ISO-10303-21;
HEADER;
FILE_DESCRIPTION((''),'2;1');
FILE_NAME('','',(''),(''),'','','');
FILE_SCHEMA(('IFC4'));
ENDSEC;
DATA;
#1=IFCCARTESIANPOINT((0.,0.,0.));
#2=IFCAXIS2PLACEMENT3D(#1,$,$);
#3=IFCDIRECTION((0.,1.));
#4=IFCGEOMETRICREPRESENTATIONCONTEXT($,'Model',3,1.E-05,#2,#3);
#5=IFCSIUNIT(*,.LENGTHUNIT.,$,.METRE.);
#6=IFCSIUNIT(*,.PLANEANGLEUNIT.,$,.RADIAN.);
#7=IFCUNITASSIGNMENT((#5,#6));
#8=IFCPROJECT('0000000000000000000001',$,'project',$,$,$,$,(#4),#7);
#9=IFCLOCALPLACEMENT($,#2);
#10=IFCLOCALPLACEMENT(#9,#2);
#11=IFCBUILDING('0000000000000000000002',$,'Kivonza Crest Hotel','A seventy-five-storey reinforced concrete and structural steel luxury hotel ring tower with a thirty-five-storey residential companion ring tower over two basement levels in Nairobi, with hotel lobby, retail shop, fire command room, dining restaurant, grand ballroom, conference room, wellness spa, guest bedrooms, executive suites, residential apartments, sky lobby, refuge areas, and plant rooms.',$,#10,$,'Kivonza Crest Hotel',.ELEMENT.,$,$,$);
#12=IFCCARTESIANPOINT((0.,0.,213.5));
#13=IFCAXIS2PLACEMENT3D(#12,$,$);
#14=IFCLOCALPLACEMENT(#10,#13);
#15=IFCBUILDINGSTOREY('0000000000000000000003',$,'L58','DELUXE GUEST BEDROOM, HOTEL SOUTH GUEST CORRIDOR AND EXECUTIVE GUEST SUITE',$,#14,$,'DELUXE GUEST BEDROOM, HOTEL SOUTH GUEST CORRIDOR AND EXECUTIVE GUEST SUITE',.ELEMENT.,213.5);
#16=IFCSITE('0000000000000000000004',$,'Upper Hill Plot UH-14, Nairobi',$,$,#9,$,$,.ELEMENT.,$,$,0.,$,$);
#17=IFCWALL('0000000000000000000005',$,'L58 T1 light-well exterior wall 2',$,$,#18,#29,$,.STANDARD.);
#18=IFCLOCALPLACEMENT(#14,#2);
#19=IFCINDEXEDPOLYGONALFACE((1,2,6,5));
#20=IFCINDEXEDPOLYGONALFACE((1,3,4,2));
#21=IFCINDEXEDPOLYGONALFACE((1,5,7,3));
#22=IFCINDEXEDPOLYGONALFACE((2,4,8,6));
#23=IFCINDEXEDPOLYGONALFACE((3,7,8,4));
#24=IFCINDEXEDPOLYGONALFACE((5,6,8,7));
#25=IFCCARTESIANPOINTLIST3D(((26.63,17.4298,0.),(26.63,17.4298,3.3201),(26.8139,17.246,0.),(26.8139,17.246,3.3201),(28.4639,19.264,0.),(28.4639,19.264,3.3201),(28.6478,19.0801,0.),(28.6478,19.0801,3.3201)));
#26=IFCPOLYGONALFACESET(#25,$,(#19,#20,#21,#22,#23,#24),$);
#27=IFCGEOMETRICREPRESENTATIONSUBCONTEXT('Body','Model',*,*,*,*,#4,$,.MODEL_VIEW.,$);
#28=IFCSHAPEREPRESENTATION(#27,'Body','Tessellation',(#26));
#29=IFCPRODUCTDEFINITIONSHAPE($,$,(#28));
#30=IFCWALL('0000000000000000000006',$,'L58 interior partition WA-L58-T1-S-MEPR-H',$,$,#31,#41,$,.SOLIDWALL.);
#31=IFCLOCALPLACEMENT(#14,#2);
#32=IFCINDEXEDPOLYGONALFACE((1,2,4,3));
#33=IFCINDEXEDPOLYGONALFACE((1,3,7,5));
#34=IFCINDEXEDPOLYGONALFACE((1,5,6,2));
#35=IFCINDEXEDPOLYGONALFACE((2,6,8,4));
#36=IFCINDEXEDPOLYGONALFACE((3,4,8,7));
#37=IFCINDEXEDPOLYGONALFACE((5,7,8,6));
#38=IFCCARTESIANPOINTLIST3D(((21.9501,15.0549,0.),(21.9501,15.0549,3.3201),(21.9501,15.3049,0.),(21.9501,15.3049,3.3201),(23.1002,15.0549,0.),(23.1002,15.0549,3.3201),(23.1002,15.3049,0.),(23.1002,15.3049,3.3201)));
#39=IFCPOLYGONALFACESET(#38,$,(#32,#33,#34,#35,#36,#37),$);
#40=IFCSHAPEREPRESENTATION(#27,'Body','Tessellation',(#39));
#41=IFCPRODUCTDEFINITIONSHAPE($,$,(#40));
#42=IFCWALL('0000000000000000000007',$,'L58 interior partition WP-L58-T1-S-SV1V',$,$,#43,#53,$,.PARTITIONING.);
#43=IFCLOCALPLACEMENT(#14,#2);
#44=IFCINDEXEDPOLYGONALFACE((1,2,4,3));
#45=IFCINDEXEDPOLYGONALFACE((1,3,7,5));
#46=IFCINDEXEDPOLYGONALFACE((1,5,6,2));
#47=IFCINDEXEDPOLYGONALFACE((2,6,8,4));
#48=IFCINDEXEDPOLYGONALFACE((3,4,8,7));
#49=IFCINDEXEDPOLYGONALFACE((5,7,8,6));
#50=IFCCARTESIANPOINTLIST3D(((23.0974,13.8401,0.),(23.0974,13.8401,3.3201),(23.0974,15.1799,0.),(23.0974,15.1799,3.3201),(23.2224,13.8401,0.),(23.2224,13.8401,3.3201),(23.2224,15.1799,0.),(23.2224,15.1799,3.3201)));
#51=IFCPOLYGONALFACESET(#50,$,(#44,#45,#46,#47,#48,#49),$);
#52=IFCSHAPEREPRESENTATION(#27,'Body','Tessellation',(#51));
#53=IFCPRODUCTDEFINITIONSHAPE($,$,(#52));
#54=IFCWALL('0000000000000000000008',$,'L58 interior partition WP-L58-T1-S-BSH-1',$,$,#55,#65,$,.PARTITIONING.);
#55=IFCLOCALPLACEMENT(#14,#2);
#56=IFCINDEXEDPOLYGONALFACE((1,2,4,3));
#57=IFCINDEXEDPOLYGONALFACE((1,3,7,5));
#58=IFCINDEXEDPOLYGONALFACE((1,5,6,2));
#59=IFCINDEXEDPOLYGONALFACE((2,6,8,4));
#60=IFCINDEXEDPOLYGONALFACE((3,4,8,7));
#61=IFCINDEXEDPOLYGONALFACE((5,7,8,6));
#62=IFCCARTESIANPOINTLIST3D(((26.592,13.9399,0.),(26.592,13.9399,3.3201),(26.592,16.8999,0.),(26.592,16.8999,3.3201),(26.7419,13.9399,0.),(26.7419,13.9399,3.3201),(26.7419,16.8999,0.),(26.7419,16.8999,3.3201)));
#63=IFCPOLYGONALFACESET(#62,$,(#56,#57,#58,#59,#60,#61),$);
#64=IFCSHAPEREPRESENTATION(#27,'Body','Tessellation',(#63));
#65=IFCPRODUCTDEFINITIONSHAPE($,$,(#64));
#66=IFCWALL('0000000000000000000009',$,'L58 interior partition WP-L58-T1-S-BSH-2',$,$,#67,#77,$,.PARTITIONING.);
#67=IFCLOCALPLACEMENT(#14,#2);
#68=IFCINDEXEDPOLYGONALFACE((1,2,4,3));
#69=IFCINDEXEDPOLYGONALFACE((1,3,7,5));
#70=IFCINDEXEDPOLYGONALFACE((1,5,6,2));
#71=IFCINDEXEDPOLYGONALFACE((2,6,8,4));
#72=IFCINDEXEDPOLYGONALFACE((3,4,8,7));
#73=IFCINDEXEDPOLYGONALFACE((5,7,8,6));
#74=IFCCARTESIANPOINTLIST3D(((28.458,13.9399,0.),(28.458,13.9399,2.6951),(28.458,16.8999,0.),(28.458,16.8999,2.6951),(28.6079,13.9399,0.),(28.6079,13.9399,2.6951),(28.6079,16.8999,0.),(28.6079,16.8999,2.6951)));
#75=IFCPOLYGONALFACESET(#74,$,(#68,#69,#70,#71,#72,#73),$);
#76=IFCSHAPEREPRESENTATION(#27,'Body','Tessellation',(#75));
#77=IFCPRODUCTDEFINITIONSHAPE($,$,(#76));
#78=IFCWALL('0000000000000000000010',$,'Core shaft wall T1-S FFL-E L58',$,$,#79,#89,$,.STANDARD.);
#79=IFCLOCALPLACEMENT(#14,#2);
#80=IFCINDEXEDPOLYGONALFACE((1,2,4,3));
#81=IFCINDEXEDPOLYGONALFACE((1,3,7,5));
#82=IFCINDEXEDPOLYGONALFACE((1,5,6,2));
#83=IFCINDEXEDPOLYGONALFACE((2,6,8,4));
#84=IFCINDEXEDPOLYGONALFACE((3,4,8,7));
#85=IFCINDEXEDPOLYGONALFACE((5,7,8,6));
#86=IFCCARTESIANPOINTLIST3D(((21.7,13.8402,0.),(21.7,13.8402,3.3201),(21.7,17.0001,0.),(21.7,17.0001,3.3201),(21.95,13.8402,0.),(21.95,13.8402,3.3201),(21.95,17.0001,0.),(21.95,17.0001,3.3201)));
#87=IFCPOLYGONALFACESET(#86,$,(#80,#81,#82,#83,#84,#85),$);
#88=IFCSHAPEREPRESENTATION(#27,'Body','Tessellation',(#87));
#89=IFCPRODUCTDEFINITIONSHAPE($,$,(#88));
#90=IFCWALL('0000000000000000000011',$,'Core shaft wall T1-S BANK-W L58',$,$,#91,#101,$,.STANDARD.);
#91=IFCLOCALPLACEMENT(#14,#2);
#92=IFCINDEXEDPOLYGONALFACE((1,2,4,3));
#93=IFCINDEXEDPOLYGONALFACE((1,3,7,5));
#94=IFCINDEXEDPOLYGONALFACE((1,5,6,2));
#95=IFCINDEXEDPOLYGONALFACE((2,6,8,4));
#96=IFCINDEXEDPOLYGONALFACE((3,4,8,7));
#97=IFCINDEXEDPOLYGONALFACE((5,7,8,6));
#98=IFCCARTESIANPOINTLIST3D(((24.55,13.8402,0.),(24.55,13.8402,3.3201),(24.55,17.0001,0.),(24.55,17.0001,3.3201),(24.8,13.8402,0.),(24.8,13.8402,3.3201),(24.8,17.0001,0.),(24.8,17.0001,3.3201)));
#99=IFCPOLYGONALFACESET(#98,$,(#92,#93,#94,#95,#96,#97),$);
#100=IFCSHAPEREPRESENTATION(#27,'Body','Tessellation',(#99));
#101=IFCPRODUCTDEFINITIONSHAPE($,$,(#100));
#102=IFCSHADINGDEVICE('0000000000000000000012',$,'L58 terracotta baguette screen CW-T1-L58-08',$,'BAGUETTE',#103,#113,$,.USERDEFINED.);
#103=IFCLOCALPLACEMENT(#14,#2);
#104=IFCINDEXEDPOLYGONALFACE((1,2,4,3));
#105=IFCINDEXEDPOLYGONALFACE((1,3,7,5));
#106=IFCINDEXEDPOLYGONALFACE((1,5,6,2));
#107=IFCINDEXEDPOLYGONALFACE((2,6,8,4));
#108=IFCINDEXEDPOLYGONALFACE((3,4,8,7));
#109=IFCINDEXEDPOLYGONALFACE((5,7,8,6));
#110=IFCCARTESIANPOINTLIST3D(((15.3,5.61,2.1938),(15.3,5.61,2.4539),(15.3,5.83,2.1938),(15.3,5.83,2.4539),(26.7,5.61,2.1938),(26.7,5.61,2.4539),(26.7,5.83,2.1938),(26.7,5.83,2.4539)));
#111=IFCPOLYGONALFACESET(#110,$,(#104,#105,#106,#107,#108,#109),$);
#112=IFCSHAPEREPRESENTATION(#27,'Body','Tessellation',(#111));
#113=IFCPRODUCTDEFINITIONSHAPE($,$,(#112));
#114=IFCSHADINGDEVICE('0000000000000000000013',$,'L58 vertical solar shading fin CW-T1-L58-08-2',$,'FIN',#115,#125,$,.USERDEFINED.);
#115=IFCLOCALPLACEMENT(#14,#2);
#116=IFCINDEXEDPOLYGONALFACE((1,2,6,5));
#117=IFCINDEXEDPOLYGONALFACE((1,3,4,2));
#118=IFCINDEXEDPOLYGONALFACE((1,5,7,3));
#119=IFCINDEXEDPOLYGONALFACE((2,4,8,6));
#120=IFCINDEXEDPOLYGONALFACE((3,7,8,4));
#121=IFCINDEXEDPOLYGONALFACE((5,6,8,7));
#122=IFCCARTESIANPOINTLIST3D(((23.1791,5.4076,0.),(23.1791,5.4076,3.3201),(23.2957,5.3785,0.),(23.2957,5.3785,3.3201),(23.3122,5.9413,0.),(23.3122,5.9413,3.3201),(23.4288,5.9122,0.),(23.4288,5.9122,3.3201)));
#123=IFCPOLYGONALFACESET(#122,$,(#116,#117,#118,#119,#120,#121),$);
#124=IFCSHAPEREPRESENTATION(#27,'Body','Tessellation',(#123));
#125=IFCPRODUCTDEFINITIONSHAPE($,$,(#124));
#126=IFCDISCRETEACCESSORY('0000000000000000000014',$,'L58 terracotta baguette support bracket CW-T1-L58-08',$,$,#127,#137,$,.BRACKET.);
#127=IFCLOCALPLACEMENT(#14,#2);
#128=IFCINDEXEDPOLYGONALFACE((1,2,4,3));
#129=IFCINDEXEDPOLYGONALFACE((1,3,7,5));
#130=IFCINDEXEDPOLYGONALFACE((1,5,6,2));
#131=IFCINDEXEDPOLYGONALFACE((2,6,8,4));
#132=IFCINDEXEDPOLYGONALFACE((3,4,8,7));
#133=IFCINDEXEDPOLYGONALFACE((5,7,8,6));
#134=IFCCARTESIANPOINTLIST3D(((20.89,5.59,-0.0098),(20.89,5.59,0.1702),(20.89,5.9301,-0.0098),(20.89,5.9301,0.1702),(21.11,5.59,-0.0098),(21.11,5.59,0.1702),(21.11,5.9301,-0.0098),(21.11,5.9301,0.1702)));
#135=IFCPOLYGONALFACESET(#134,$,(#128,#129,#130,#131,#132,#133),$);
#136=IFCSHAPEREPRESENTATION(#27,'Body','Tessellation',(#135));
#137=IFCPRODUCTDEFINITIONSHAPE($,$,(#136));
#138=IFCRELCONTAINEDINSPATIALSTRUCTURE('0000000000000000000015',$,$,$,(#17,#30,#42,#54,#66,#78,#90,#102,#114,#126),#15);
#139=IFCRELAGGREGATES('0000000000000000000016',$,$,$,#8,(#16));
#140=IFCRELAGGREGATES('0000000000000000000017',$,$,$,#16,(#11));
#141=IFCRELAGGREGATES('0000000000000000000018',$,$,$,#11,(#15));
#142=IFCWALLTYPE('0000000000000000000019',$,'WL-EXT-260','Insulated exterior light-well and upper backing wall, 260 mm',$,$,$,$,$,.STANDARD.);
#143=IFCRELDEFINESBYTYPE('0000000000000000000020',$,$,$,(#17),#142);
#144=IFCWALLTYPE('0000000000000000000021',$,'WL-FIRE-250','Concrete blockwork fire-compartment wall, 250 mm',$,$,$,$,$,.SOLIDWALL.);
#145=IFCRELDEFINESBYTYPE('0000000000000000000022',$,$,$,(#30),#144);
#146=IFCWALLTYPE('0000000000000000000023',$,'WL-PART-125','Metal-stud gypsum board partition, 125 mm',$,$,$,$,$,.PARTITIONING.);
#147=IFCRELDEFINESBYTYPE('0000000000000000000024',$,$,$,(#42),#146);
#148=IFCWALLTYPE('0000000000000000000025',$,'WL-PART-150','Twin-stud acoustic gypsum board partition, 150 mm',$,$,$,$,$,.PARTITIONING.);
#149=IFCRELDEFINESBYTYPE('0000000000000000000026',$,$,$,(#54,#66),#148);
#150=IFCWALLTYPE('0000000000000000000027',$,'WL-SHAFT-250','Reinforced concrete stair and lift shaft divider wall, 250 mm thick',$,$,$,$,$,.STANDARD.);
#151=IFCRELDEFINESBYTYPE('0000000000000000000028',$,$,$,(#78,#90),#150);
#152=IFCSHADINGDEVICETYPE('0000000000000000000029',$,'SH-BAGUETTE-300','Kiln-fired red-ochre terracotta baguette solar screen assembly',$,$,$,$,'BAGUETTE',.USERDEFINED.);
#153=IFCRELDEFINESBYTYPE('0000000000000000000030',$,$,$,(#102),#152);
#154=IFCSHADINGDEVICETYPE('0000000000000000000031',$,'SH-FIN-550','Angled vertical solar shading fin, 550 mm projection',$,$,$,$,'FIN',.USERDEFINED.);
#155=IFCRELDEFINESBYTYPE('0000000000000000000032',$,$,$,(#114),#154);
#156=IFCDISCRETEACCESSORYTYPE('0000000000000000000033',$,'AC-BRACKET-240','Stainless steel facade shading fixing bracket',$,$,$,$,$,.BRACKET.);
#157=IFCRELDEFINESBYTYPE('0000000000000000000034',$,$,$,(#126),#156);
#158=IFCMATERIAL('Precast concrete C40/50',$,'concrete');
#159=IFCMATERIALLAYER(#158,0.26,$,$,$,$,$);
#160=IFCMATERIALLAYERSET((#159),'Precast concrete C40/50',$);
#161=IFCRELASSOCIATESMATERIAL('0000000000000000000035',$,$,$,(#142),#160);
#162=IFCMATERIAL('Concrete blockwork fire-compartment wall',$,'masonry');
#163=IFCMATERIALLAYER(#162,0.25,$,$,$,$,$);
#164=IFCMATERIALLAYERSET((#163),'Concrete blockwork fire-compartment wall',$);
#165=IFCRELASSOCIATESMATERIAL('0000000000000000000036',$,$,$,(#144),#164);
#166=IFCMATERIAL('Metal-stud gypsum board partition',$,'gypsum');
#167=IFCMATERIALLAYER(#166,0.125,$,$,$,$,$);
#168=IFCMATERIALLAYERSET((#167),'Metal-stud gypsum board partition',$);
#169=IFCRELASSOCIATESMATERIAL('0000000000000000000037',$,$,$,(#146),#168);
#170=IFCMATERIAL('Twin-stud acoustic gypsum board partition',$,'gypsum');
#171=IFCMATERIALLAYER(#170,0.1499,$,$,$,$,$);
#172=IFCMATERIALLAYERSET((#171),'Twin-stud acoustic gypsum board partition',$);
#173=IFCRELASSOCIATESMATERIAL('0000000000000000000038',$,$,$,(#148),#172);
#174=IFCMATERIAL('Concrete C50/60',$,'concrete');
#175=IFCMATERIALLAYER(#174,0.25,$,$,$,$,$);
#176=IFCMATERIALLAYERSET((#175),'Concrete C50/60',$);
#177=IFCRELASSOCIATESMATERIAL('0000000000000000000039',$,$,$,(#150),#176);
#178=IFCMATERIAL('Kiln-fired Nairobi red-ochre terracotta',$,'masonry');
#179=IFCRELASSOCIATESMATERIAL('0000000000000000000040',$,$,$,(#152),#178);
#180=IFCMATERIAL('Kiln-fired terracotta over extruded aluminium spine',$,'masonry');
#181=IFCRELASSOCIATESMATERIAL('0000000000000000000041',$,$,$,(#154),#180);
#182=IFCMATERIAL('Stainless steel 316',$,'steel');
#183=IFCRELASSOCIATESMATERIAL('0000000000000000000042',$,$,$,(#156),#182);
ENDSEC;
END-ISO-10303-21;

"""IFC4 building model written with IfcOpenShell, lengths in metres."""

from ifc_helpers import new_model, si_unit, direction, frame, frame_2d, origin, origin_2d, place, context, subcontext, project, spatial, rectangle, extrude, material, layer, layer_set, type_object, element, save


model = new_model("IFC4")

# Units and contexts
model_context = context("Model", 3, precision=1e-05, world=origin(), true_north=direction((0.0, 1.0)))
body_context = subcontext(model_context, "Body", "Model", "MODEL_VIEW")
ifc_project = project(units=[si_unit("LENGTHUNIT", "METRE"), si_unit("PLANEANGLEUNIT", "RADIAN")], contexts=[model_context])

# Site, building, storey
site_placement = place(None, origin())
site = spatial("IfcSite", under=ifc_project, at=site_placement, Name="Upper Hill Plot UH-14, Nairobi", CompositionType="ELEMENT", RefElevation=0.0)
building_placement = place(site_placement, origin())
building = spatial("IfcBuilding", under=site, at=building_placement, Name="Kivonza Crest Hotel", Description="A seventy-five-storey reinforced concrete and structural steel luxury hotel ring tower with a thirty-five-storey residential companion ring tower over two basement levels in Nairobi, with hotel lobby, retail shop, fire command room, dining restaurant, grand ballroom, conference room, wellness spa, guest bedrooms, executive suites, residential apartments, sky lobby, refuge areas, and plant rooms.", LongName="Kivonza Crest Hotel", CompositionType="ELEMENT")
storey_placement = place(building_placement, frame((0.0, 0.0, 213.5)))
storey = spatial("IfcBuildingStorey", under=building, at=storey_placement, Name="L58", Description="DELUXE GUEST BEDROOM, HOTEL SOUTH GUEST CORRIDOR AND EXECUTIVE GUEST SUITE", LongName="DELUXE GUEST BEDROOM, HOTEL SOUTH GUEST CORRIDOR AND EXECUTIVE GUEST SUITE", CompositionType="ELEMENT", Elevation=213.5)

# Shared definitions
ifc_material_1 = material(Name="Concrete C50/60", Category="concrete")

# Shared definitions
ifc_material_2 = material(Name="Precast concrete C40/50", Category="concrete")
ifc_layer_1 = layer(ifc_material_2, 0.26)
ifc_layer_set_1 = layer_set([ifc_layer_1], Name="Precast concrete C40/50")
wall_type_1 = type_object("IfcWallType", Name="WL-EXT-260", Description="Insulated exterior light-well and upper backing wall, 260 mm", PredefinedType="STANDARD", material=ifc_layer_set_1)

# Walls
wall_1_placement = place(storey_placement, frame((26.7219, 17.3379, 0.0), z_axis=(0.0, 0.0, 1.0), x_axis=(0.70706, 0.707154, 0.0)))
element("IfcWall", 1, at=wall_1_placement, inside=storey, type_object=wall_type_1, Name="L58 T1 light-well exterior wall 2", PredefinedType="STANDARD", context=body_context, shape_type="SweptSolid", body=[
    extrude(rectangle(XDim=2.5938, YDim=0.26, at=frame_2d((1.2969, 0.0))), origin(), (0.0, 0.0, 1.0), 3.3201),
])
ifc_material_3 = material(Name="Concrete blockwork fire-compartment wall", Category="masonry")
ifc_layer_2 = layer(ifc_material_3, 0.25)
ifc_layer_set_2 = layer_set([ifc_layer_2], Name="Concrete blockwork fire-compartment wall")
wall_type_2 = type_object("IfcWallType", Name="WL-FIRE-250", Description="Concrete blockwork fire-compartment wall, 250 mm", PredefinedType="SOLIDWALL", material=ifc_layer_set_2)
wall_2_placement = place(storey_placement, frame((21.95, 15.1799, 0.0), z_axis=(0.0, 0.0, 1.0), x_axis=(1.0, 0.0, 0.0)))
element("IfcWall", 2, at=wall_2_placement, inside=storey, type_object=wall_type_2, Name="L58 interior partition WA-L58-T1-S-MEPR-H", PredefinedType="SOLIDWALL", context=body_context, shape_type="SweptSolid", body=[
    extrude(rectangle(XDim=1.1501, YDim=0.25, at=frame_2d((0.5752, 0.0))), origin(), (0.0, 0.0, 1.0), 3.3201),
])
ifc_material_4 = material(Name="Metal-stud gypsum board partition", Category="gypsum")
ifc_layer_3 = layer(ifc_material_4, 0.125)
ifc_layer_set_3 = layer_set([ifc_layer_3], Name="Metal-stud gypsum board partition")
wall_type_3 = type_object("IfcWallType", Name="WL-PART-125", Description="Metal-stud gypsum board partition, 125 mm", PredefinedType="PARTITIONING", material=ifc_layer_set_3)
wall_3_placement = place(storey_placement, frame((23.1599, 13.8401, 0.0), z_axis=(0.0, 0.0, 1.0), x_axis=(0.0, 1.0, 0.0)))
element("IfcWall", 3, at=wall_3_placement, inside=storey, type_object=wall_type_3, Name="L58 interior partition WP-L58-T1-S-SV1V", PredefinedType="PARTITIONING", context=body_context, shape_type="SweptSolid", body=[
    extrude(rectangle(XDim=1.3398, YDim=0.125, at=frame_2d((0.6699, 0.0))), origin(), (0.0, 0.0, 1.0), 3.3201),
])
ifc_material_5 = material(Name="Twin-stud acoustic gypsum board partition", Category="gypsum")
ifc_layer_4 = layer(ifc_material_5, 0.1499)
ifc_layer_set_4 = layer_set([ifc_layer_4], Name="Twin-stud acoustic gypsum board partition")
wall_type_4 = type_object("IfcWallType", Name="WL-PART-150", Description="Twin-stud acoustic gypsum board partition, 150 mm", PredefinedType="PARTITIONING", material=ifc_layer_set_4)
wall_4_placement = place(storey_placement, frame((26.667, 13.9399, 0.0), z_axis=(0.0, 0.0, 1.0), x_axis=(0.0, 1.0, 0.0)))
element("IfcWall", 4, at=wall_4_placement, inside=storey, type_object=wall_type_4, Name="L58 interior partition WP-L58-T1-S-BSH-1", PredefinedType="PARTITIONING", context=body_context, shape_type="SweptSolid", body=[
    extrude(rectangle(XDim=2.96, YDim=0.1499, at=frame_2d((1.48, 0.0))), origin(), (0.0, 0.0, 1.0), 3.3201),
])
wall_5_placement = place(storey_placement, frame((28.533, 13.9399, 0.0), z_axis=(0.0, 0.0, 1.0), x_axis=(0.0, 1.0, 0.0)))
element("IfcWall", 5, at=wall_5_placement, inside=storey, type_object=wall_type_4, Name="L58 interior partition WP-L58-T1-S-BSH-2", PredefinedType="PARTITIONING", context=body_context, shape_type="SweptSolid", body=[
    extrude(rectangle(XDim=2.96, YDim=0.1499, at=frame_2d((1.48, 0.0))), origin(), (0.0, 0.0, 1.0), 2.6951),
])
ifc_layer_5 = layer(ifc_material_1, 0.25)
ifc_layer_set_5 = layer_set([ifc_layer_5], Name="Concrete C50/60")
wall_type_5 = type_object("IfcWallType", Name="WL-SHAFT-250", Description="Reinforced concrete stair and lift shaft divider wall, 250 mm thick", PredefinedType="STANDARD", material=ifc_layer_set_5)
for number, where, z_axis, x_axis, name in (
    (6, (21.825, 13.8401, 0.0), (0.0, 0.0, 1.0), (0.0, 1.0, 0.0), "Core shaft wall T1-S FFL-E L58"),
    (7, (24.675, 13.8401, 0.0), (0.0, 0.0, 1.0), (0.0, 1.0, 0.0), "Core shaft wall T1-S BANK-W L58"),
):
    element("IfcWall", number, at=place(storey_placement, frame(where, z_axis=z_axis, x_axis=x_axis)), inside=storey, type_object=wall_type_5, Name=name, PredefinedType="STANDARD", context=body_context, shape_type="SweptSolid", body=[
        extrude(rectangle(XDim=3.1599, YDim=0.25, at=frame_2d((1.5801, 0.0))), origin(), (0.0, 0.0, 1.0), 3.3201),
    ])

# Shading devices
ifc_material_6 = material(Name="Kiln-fired Nairobi red-ochre terracotta", Category="masonry")
shading_device_type_1 = type_object("IfcShadingDeviceType", Name="SH-BAGUETTE-300", Description="Kiln-fired red-ochre terracotta baguette solar screen assembly", ElementType="BAGUETTE", PredefinedType="USERDEFINED", material=ifc_material_6)
shading_device_1_placement = place(storey_placement, frame((21.0, 5.72, 2.1938), z_axis=(0.0, 0.0, 1.0), x_axis=(1.0, 0.0, 0.0)))
element("IfcShadingDevice", 8, at=shading_device_1_placement, inside=storey, type_object=shading_device_type_1, Name="L58 terracotta baguette screen CW-T1-L58-08", ObjectType="BAGUETTE", PredefinedType="USERDEFINED", context=body_context, shape_type="SweptSolid", body=[
    extrude(rectangle(XDim=11.3999, YDim=0.22, at=origin_2d()), origin(), (0.0, 0.0, 1.0), 0.26),
])
ifc_material_7 = material(Name="Kiln-fired terracotta over extruded aluminium spine", Category="masonry")
shading_device_type_2 = type_object("IfcShadingDeviceType", Name="SH-FIN-550", Description="Angled vertical solar shading fin, 550 mm projection", ElementType="FIN", PredefinedType="USERDEFINED", material=ifc_material_7)
shading_device_2_placement = place(storey_placement, frame((23.304, 5.6599, 0.0), z_axis=(0.0, 0.0, 1.0), x_axis=(0.970296, -0.241922, 0.0)))
element("IfcShadingDevice", 9, at=shading_device_2_placement, inside=storey, type_object=shading_device_type_2, Name="L58 vertical solar shading fin CW-T1-L58-08-2", ObjectType="FIN", PredefinedType="USERDEFINED", context=body_context, shape_type="SweptSolid", body=[
    extrude(rectangle(XDim=0.1201, YDim=0.55, at=origin_2d()), origin(), (0.0, 0.0, 1.0), 3.3201),
])

# Discrete accessory
ifc_material_8 = material(Name="Stainless steel 316", Category="steel")
discrete_accessory_type = type_object("IfcDiscreteAccessoryType", Name="AC-BRACKET-240", Description="Stainless steel facade shading fixing bracket", PredefinedType="BRACKET", material=ifc_material_8)
discrete_accessory_placement = place(storey_placement, frame((21.0, 5.76, -0.0098), z_axis=(0.0, 0.0, 1.0), x_axis=(1.0, 0.0, 0.0)))
element("IfcDiscreteAccessory", 10, at=discrete_accessory_placement, inside=storey, type_object=discrete_accessory_type, Name="L58 terracotta baguette support bracket CW-T1-L58-08", PredefinedType="BRACKET", context=body_context, shape_type="SweptSolid", body=[
    extrude(rectangle(XDim=0.22, YDim=0.3401, at=origin_2d()), origin(), (0.0, 0.0, 1.0), 0.1799),
])

save(model, "model.ifc")
